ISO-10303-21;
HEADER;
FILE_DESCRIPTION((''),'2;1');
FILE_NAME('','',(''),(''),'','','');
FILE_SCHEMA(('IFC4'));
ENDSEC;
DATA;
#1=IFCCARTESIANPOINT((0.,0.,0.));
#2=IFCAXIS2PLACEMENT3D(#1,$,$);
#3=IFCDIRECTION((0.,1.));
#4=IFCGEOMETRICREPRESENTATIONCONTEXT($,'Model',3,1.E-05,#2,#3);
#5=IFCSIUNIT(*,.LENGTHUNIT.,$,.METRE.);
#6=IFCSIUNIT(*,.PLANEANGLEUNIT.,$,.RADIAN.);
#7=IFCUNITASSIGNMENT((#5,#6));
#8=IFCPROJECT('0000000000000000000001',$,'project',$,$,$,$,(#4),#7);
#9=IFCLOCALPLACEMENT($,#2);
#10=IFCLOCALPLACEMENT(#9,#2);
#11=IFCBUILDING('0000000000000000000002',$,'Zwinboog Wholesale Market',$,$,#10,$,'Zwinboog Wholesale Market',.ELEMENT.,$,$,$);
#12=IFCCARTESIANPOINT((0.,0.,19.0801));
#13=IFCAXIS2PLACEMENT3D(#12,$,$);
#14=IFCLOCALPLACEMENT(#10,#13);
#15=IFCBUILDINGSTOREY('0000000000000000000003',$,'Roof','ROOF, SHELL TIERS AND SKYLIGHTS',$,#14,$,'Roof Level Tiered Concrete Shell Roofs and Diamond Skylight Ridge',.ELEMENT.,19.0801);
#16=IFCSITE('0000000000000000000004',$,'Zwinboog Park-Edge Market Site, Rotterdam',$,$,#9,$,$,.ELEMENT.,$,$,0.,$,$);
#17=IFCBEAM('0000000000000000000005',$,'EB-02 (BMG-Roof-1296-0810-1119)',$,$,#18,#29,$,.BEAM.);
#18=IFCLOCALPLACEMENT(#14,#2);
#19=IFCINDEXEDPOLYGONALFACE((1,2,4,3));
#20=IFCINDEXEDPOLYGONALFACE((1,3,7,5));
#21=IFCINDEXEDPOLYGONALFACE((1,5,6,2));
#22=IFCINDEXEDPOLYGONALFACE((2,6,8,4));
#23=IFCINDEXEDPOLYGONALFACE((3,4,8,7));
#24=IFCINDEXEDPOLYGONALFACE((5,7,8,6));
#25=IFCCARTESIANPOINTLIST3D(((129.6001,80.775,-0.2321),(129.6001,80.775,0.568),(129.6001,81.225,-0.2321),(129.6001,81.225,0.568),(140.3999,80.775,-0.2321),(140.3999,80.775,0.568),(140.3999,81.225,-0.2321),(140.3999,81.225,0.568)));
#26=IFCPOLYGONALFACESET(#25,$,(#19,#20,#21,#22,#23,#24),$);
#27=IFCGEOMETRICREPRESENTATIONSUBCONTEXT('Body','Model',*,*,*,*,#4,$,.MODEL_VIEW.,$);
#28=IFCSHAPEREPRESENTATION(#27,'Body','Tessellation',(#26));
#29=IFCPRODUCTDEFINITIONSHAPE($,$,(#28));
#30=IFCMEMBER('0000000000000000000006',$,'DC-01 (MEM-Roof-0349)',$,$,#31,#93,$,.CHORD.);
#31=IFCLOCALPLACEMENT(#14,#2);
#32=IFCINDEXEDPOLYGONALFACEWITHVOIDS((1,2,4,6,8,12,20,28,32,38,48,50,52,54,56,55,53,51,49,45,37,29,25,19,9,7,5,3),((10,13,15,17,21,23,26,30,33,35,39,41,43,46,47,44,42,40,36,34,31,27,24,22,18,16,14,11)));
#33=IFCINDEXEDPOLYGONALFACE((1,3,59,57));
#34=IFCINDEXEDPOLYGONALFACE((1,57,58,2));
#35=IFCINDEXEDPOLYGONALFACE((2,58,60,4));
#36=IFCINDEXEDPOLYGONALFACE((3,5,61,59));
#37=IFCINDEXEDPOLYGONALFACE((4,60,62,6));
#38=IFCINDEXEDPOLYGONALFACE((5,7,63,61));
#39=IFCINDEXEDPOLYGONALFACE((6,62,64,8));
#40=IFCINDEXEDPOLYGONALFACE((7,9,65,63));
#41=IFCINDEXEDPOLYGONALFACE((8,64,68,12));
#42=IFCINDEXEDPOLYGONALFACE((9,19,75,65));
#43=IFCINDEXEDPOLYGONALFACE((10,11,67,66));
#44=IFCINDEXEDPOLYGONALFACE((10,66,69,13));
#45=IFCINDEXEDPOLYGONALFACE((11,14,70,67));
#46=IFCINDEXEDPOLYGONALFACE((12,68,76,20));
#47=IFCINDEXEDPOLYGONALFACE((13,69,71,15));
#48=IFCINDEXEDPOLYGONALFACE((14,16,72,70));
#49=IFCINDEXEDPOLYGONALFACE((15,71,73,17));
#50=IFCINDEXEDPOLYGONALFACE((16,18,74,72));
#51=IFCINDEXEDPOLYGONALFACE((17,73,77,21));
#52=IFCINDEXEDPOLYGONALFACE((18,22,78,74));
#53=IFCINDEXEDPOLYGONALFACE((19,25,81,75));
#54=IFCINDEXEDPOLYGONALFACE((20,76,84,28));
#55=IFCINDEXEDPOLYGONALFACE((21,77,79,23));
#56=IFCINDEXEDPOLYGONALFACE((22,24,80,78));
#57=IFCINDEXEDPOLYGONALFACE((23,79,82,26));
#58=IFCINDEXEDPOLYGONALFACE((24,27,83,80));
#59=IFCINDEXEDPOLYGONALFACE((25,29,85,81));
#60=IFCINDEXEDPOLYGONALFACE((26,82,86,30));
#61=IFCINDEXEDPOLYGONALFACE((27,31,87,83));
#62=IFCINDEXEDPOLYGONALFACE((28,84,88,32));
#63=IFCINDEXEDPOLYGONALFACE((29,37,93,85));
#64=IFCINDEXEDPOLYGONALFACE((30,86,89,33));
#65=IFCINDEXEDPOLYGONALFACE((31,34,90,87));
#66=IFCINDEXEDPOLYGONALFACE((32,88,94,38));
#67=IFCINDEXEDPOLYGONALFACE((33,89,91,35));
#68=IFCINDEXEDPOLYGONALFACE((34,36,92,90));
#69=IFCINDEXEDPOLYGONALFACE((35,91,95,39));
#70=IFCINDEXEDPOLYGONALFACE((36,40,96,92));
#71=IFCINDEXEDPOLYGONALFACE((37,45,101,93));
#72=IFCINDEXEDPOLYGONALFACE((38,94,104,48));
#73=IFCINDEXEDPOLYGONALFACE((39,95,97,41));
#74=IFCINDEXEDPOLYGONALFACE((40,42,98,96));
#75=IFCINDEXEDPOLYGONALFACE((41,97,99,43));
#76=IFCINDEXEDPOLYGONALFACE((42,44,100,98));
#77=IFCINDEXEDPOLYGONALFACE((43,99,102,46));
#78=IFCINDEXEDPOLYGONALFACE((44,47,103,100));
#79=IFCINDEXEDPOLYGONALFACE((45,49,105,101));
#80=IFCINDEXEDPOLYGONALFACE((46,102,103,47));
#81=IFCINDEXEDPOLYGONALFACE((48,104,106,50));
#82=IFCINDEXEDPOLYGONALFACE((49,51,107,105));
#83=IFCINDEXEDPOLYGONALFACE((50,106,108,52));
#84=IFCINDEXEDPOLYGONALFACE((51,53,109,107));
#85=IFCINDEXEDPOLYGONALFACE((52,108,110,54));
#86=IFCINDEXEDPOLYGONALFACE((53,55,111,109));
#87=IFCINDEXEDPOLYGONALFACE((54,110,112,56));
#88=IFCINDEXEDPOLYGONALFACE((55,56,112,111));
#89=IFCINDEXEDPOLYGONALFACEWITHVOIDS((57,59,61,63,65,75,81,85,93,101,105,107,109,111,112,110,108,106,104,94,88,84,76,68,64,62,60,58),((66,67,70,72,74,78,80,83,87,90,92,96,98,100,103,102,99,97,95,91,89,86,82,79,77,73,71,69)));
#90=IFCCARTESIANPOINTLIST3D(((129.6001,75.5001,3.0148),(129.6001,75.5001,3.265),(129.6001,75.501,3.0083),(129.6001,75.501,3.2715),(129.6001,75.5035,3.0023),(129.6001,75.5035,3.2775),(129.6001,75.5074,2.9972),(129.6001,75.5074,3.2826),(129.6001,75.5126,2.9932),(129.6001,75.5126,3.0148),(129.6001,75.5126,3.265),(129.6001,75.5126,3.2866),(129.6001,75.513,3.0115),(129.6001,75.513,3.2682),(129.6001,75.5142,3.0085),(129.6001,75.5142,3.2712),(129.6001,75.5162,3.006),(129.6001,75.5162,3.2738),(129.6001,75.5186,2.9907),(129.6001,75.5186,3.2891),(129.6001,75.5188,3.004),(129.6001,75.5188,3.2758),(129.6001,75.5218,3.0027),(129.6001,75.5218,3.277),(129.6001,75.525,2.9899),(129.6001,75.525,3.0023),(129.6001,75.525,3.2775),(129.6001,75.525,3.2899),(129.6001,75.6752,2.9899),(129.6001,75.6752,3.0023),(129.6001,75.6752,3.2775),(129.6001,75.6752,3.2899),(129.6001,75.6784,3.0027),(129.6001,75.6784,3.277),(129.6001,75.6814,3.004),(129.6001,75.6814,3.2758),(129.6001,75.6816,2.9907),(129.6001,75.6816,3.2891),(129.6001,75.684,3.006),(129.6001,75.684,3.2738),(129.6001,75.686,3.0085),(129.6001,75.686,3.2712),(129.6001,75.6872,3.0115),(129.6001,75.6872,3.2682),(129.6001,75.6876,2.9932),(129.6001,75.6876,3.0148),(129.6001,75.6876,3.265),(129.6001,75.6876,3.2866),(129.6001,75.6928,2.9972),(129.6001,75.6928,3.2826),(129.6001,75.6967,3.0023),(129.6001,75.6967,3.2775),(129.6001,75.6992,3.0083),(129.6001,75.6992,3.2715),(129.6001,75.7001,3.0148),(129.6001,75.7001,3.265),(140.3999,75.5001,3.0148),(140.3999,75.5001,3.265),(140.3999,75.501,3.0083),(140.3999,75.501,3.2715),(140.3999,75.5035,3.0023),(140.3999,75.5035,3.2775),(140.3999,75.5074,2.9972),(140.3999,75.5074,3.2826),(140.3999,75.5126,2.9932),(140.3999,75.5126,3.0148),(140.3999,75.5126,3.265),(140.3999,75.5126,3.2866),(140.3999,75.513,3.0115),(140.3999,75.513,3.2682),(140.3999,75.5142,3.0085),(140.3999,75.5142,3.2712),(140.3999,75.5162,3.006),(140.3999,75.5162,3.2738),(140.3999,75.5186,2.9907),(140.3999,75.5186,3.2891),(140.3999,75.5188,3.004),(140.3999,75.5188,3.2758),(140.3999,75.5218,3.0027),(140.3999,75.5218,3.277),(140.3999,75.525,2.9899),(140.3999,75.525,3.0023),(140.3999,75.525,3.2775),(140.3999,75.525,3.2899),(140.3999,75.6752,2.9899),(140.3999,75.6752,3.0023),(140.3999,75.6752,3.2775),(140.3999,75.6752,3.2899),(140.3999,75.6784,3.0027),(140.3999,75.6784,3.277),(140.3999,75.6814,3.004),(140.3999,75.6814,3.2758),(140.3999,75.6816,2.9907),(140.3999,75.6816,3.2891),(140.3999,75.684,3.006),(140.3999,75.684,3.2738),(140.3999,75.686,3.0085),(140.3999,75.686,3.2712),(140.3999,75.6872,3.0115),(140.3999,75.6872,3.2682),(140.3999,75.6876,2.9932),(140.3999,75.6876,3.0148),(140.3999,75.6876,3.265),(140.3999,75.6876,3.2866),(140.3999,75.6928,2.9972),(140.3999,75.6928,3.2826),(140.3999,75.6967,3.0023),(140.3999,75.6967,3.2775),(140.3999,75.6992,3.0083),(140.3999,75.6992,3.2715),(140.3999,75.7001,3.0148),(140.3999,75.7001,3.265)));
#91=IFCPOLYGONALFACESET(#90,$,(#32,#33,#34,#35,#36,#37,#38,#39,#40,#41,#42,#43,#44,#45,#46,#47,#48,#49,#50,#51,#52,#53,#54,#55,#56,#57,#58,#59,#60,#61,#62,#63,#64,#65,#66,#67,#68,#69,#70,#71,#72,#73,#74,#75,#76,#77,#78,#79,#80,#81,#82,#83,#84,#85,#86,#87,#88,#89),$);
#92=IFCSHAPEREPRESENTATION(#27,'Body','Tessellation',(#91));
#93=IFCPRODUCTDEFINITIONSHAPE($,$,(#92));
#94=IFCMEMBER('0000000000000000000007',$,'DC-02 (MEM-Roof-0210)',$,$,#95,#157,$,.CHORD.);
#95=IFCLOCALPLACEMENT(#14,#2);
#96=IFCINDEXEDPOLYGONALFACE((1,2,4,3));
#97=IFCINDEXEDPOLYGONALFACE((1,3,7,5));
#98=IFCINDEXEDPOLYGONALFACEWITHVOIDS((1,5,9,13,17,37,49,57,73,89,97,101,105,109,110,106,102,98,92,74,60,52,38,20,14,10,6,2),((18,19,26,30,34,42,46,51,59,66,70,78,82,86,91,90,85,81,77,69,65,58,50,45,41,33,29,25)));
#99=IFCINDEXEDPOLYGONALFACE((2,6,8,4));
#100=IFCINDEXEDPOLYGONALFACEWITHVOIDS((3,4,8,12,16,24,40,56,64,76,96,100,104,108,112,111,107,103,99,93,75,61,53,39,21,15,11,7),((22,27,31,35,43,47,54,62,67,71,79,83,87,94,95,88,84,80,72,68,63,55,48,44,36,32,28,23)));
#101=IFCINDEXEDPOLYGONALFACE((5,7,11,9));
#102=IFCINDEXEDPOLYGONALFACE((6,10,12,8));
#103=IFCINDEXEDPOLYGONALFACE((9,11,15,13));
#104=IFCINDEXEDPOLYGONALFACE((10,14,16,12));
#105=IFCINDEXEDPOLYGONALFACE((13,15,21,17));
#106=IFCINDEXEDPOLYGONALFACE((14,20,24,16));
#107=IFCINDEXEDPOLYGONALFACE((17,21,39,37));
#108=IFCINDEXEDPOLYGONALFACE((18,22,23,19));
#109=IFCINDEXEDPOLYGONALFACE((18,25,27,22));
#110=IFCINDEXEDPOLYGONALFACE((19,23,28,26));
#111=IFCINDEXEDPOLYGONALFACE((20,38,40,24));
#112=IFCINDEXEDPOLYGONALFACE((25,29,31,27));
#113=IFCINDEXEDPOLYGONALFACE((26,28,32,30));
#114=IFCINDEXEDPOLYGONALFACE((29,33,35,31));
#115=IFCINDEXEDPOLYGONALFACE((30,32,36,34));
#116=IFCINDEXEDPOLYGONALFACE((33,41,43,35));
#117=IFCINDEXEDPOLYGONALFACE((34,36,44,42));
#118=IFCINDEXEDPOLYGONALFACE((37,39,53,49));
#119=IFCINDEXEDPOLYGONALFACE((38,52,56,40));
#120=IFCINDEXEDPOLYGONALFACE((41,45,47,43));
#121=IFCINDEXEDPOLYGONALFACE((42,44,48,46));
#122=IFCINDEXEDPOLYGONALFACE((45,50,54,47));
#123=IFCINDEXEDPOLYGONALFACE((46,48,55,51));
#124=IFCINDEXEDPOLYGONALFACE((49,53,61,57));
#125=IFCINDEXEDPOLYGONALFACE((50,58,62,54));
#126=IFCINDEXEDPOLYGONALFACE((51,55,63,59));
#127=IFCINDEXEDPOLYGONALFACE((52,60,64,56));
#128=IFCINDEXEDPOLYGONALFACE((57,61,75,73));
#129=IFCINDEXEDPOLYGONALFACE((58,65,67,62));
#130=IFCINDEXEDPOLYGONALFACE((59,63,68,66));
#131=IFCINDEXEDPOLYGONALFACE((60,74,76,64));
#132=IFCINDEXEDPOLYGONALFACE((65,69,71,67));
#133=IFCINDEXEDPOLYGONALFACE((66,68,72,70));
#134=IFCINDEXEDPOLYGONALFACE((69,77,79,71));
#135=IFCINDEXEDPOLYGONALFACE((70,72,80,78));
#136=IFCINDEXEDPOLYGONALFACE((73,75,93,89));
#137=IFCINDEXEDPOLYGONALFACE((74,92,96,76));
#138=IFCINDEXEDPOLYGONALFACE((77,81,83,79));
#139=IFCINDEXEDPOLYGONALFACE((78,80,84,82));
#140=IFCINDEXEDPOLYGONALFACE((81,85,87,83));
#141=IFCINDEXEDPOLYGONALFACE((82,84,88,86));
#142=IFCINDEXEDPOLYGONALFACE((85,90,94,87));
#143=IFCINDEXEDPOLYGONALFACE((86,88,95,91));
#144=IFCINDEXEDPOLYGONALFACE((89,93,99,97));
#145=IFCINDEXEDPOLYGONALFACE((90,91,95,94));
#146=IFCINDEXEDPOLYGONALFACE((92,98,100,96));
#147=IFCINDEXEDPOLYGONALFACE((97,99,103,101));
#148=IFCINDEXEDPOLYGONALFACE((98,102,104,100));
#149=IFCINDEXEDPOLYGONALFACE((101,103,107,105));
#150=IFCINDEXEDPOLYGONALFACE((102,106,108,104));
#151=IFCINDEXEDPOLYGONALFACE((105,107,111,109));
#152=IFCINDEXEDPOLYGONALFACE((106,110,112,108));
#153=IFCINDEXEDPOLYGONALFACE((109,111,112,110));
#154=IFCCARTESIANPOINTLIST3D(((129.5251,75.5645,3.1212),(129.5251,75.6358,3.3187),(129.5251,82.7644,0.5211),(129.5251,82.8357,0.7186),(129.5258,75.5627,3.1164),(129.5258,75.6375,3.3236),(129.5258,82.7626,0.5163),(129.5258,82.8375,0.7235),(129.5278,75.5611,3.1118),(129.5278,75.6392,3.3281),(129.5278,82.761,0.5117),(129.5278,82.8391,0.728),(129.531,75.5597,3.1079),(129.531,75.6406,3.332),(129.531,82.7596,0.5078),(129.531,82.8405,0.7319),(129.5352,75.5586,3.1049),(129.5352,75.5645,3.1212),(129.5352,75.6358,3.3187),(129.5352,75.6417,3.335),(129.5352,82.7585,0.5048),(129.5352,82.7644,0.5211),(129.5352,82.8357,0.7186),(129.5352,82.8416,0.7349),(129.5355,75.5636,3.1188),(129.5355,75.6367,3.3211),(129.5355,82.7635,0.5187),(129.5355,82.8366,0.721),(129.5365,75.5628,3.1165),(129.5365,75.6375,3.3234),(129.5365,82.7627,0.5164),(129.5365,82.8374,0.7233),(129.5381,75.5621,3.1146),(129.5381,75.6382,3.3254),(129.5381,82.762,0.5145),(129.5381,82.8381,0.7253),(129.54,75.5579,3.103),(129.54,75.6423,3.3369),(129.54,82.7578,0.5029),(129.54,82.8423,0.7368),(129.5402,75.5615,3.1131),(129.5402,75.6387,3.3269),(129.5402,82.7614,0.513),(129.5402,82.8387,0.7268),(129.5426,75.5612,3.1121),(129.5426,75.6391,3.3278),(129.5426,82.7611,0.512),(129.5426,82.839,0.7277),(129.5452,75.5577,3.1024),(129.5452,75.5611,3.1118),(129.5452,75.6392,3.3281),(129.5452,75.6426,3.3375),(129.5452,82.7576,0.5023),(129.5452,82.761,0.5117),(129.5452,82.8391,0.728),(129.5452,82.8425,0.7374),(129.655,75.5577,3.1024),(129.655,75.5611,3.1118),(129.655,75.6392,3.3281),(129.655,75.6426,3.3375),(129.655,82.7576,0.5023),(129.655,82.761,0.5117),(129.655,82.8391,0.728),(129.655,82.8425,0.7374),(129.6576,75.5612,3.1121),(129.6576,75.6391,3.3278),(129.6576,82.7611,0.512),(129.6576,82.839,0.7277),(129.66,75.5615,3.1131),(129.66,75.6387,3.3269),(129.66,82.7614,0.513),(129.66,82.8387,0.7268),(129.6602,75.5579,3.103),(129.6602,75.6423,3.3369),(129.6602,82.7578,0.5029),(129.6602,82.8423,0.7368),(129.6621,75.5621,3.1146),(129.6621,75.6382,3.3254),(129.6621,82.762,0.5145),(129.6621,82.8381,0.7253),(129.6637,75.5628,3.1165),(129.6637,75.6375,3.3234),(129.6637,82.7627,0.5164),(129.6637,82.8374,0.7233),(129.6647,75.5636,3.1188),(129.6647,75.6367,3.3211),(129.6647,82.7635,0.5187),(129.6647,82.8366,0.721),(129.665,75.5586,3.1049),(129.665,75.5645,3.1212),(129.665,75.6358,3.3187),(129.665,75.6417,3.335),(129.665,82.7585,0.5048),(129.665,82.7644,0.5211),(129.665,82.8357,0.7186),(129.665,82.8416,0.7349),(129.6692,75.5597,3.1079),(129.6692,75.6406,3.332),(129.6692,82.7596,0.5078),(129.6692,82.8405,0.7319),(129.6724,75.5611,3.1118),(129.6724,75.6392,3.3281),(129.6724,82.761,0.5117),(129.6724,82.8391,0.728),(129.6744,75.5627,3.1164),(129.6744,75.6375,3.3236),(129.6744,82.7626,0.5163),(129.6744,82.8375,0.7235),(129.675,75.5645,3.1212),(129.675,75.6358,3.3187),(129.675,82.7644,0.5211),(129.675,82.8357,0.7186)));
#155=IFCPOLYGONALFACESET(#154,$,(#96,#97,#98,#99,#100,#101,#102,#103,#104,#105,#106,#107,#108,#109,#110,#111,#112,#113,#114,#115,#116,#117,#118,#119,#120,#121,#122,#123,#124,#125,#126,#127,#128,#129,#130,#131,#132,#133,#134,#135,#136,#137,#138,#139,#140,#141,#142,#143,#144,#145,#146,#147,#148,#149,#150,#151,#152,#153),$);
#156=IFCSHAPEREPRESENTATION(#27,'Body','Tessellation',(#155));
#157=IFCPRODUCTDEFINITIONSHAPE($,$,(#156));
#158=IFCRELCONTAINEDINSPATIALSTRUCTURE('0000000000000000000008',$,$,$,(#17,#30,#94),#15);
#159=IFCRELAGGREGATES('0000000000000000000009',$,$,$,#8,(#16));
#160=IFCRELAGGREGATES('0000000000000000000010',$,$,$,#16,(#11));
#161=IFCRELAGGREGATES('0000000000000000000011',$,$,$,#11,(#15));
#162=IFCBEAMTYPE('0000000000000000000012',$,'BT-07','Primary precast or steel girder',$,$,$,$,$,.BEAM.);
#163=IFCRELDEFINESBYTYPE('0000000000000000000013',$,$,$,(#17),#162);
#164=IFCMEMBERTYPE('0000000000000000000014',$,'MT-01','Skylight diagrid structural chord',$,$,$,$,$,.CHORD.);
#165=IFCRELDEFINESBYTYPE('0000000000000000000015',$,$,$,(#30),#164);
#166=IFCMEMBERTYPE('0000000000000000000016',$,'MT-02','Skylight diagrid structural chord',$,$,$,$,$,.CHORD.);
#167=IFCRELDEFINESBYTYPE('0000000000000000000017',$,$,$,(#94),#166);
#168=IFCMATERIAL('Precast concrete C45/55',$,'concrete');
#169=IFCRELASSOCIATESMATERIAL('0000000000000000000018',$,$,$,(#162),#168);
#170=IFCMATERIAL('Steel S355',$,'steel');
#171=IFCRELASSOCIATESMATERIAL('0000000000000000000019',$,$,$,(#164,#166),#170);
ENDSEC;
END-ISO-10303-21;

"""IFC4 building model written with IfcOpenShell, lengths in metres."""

from ifc_helpers import new_model, si_unit, direction, frame, origin, origin_2d, place, context, subcontext, project, spatial, rectangle, hollow_rectangle, extrude, material, material_profile, profile_set, type_object, element, save


model = new_model("IFC4")

# Units and contexts
model_context = context("Model", 3, precision=1e-05, world=origin(), true_north=direction((0.0, 1.0)))
body_context = subcontext(model_context, "Body", "Model", "MODEL_VIEW")
ifc_project = project(units=[si_unit("LENGTHUNIT", "METRE"), si_unit("PLANEANGLEUNIT", "RADIAN")], contexts=[model_context])

# Site, building, storey
site_placement = place(None, origin())
site = spatial("IfcSite", under=ifc_project, at=site_placement, Name="Zwinboog Park-Edge Market Site, Rotterdam", CompositionType="ELEMENT", RefElevation=0.0)
building_placement = place(site_placement, origin())
building = spatial("IfcBuilding", under=site, at=building_placement, Name="Zwinboog Wholesale Market", LongName="Zwinboog Wholesale Market", CompositionType="ELEMENT")
storey_placement = place(building_placement, frame((0.0, 0.0, 19.0801)))
storey = spatial("IfcBuildingStorey", under=building, at=storey_placement, Name="Roof", Description="ROOF, SHELL TIERS AND SKYLIGHTS", LongName="Roof Level Tiered Concrete Shell Roofs and Diamond Skylight Ridge", CompositionType="ELEMENT", Elevation=19.0801)

# Beam
ifc_material_1 = material(Name="Precast concrete C45/55", Category="concrete")
ifc_material_profile_1 = material_profile(ifc_material_1, rectangle(XDim=0.45, YDim=0.8, at=origin_2d()), Name="PC 450x800")
ifc_profile_set_1 = profile_set([ifc_material_profile_1], Name="Precast concrete C45/55")
beam_type = type_object("IfcBeamType", Name="BT-07", Description="Primary precast or steel girder", PredefinedType="BEAM", material=ifc_profile_set_1)
beam_placement = place(storey_placement, frame((129.6001, 81.0, 0.168), z_axis=(1.0, 0.0, 0.0), x_axis=(0.0, 1.0, 0.0)))
element("IfcBeam", 1, at=beam_placement, inside=storey, type_object=beam_type, Name="EB-02 (BMG-Roof-1296-0810-1119)", PredefinedType="BEAM", context=body_context, shape_type="SweptSolid", body=[
    extrude(rectangle(XDim=0.45, YDim=0.8, at=origin_2d()), origin(), (0.0, 0.0, 1.0), 10.7998),
])

# Members
ifc_material_2 = material(Name="Steel S355", Category="steel")
ifc_material_profile_2 = material_profile(ifc_material_2, hollow_rectangle(XDim=0.2, YDim=0.3, WallThickness=0.0125, InnerFilletRadius=0.0125, OuterFilletRadius=0.0249, at=origin_2d()), Name="RHS 300x200x12.5")
ifc_profile_set_2 = profile_set([ifc_material_profile_2], Name="Steel S355")
member_type_1 = type_object("IfcMemberType", Name="MT-01", Description="Skylight diagrid structural chord", PredefinedType="CHORD", material=ifc_profile_set_2)
member_1_placement = place(storey_placement, frame((129.6001, 75.6001, 3.1399), z_axis=(1.0, 0.0, 0.0), x_axis=(0.0, 1.0, 0.0)))
element("IfcMember", 2, at=member_1_placement, inside=storey, type_object=member_type_1, Name="DC-01 (MEM-Roof-0349)", PredefinedType="CHORD", context=body_context, shape_type="SweptSolid", body=[
    extrude(hollow_rectangle(XDim=0.2, YDim=0.3, WallThickness=0.0125, InnerFilletRadius=0.0125, OuterFilletRadius=0.0249, at=origin_2d()), origin(), (0.0, 0.0, 1.0), 10.7998),
])
ifc_material_profile_3 = material_profile(ifc_material_2, hollow_rectangle(XDim=0.1499, YDim=0.25, WallThickness=0.01, InnerFilletRadius=0.01, OuterFilletRadius=0.02, at=origin_2d()), Name="RHS 250x150x10")
ifc_profile_set_3 = profile_set([ifc_material_profile_3], Name="Steel S355")
member_type_2 = type_object("IfcMemberType", Name="MT-02", Description="Skylight diagrid structural chord", PredefinedType="CHORD", material=ifc_profile_set_3)
member_2_placement = place(storey_placement, frame((129.6001, 82.8, 0.6199), z_axis=(0.0, -0.940549, 0.339658), x_axis=(1.0, 0.0, 0.0)))
element("IfcMember", 3, at=member_2_placement, inside=storey, type_object=member_type_2, Name="DC-02 (MEM-Roof-0210)", PredefinedType="CHORD", context=body_context, shape_type="SweptSolid", body=[
    extrude(hollow_rectangle(XDim=0.1499, YDim=0.25, WallThickness=0.01, InnerFilletRadius=0.01, OuterFilletRadius=0.02, at=origin_2d()), origin(), (0.0, 0.0, 1.0), 7.655),
])

save(model, "model.ifc")
